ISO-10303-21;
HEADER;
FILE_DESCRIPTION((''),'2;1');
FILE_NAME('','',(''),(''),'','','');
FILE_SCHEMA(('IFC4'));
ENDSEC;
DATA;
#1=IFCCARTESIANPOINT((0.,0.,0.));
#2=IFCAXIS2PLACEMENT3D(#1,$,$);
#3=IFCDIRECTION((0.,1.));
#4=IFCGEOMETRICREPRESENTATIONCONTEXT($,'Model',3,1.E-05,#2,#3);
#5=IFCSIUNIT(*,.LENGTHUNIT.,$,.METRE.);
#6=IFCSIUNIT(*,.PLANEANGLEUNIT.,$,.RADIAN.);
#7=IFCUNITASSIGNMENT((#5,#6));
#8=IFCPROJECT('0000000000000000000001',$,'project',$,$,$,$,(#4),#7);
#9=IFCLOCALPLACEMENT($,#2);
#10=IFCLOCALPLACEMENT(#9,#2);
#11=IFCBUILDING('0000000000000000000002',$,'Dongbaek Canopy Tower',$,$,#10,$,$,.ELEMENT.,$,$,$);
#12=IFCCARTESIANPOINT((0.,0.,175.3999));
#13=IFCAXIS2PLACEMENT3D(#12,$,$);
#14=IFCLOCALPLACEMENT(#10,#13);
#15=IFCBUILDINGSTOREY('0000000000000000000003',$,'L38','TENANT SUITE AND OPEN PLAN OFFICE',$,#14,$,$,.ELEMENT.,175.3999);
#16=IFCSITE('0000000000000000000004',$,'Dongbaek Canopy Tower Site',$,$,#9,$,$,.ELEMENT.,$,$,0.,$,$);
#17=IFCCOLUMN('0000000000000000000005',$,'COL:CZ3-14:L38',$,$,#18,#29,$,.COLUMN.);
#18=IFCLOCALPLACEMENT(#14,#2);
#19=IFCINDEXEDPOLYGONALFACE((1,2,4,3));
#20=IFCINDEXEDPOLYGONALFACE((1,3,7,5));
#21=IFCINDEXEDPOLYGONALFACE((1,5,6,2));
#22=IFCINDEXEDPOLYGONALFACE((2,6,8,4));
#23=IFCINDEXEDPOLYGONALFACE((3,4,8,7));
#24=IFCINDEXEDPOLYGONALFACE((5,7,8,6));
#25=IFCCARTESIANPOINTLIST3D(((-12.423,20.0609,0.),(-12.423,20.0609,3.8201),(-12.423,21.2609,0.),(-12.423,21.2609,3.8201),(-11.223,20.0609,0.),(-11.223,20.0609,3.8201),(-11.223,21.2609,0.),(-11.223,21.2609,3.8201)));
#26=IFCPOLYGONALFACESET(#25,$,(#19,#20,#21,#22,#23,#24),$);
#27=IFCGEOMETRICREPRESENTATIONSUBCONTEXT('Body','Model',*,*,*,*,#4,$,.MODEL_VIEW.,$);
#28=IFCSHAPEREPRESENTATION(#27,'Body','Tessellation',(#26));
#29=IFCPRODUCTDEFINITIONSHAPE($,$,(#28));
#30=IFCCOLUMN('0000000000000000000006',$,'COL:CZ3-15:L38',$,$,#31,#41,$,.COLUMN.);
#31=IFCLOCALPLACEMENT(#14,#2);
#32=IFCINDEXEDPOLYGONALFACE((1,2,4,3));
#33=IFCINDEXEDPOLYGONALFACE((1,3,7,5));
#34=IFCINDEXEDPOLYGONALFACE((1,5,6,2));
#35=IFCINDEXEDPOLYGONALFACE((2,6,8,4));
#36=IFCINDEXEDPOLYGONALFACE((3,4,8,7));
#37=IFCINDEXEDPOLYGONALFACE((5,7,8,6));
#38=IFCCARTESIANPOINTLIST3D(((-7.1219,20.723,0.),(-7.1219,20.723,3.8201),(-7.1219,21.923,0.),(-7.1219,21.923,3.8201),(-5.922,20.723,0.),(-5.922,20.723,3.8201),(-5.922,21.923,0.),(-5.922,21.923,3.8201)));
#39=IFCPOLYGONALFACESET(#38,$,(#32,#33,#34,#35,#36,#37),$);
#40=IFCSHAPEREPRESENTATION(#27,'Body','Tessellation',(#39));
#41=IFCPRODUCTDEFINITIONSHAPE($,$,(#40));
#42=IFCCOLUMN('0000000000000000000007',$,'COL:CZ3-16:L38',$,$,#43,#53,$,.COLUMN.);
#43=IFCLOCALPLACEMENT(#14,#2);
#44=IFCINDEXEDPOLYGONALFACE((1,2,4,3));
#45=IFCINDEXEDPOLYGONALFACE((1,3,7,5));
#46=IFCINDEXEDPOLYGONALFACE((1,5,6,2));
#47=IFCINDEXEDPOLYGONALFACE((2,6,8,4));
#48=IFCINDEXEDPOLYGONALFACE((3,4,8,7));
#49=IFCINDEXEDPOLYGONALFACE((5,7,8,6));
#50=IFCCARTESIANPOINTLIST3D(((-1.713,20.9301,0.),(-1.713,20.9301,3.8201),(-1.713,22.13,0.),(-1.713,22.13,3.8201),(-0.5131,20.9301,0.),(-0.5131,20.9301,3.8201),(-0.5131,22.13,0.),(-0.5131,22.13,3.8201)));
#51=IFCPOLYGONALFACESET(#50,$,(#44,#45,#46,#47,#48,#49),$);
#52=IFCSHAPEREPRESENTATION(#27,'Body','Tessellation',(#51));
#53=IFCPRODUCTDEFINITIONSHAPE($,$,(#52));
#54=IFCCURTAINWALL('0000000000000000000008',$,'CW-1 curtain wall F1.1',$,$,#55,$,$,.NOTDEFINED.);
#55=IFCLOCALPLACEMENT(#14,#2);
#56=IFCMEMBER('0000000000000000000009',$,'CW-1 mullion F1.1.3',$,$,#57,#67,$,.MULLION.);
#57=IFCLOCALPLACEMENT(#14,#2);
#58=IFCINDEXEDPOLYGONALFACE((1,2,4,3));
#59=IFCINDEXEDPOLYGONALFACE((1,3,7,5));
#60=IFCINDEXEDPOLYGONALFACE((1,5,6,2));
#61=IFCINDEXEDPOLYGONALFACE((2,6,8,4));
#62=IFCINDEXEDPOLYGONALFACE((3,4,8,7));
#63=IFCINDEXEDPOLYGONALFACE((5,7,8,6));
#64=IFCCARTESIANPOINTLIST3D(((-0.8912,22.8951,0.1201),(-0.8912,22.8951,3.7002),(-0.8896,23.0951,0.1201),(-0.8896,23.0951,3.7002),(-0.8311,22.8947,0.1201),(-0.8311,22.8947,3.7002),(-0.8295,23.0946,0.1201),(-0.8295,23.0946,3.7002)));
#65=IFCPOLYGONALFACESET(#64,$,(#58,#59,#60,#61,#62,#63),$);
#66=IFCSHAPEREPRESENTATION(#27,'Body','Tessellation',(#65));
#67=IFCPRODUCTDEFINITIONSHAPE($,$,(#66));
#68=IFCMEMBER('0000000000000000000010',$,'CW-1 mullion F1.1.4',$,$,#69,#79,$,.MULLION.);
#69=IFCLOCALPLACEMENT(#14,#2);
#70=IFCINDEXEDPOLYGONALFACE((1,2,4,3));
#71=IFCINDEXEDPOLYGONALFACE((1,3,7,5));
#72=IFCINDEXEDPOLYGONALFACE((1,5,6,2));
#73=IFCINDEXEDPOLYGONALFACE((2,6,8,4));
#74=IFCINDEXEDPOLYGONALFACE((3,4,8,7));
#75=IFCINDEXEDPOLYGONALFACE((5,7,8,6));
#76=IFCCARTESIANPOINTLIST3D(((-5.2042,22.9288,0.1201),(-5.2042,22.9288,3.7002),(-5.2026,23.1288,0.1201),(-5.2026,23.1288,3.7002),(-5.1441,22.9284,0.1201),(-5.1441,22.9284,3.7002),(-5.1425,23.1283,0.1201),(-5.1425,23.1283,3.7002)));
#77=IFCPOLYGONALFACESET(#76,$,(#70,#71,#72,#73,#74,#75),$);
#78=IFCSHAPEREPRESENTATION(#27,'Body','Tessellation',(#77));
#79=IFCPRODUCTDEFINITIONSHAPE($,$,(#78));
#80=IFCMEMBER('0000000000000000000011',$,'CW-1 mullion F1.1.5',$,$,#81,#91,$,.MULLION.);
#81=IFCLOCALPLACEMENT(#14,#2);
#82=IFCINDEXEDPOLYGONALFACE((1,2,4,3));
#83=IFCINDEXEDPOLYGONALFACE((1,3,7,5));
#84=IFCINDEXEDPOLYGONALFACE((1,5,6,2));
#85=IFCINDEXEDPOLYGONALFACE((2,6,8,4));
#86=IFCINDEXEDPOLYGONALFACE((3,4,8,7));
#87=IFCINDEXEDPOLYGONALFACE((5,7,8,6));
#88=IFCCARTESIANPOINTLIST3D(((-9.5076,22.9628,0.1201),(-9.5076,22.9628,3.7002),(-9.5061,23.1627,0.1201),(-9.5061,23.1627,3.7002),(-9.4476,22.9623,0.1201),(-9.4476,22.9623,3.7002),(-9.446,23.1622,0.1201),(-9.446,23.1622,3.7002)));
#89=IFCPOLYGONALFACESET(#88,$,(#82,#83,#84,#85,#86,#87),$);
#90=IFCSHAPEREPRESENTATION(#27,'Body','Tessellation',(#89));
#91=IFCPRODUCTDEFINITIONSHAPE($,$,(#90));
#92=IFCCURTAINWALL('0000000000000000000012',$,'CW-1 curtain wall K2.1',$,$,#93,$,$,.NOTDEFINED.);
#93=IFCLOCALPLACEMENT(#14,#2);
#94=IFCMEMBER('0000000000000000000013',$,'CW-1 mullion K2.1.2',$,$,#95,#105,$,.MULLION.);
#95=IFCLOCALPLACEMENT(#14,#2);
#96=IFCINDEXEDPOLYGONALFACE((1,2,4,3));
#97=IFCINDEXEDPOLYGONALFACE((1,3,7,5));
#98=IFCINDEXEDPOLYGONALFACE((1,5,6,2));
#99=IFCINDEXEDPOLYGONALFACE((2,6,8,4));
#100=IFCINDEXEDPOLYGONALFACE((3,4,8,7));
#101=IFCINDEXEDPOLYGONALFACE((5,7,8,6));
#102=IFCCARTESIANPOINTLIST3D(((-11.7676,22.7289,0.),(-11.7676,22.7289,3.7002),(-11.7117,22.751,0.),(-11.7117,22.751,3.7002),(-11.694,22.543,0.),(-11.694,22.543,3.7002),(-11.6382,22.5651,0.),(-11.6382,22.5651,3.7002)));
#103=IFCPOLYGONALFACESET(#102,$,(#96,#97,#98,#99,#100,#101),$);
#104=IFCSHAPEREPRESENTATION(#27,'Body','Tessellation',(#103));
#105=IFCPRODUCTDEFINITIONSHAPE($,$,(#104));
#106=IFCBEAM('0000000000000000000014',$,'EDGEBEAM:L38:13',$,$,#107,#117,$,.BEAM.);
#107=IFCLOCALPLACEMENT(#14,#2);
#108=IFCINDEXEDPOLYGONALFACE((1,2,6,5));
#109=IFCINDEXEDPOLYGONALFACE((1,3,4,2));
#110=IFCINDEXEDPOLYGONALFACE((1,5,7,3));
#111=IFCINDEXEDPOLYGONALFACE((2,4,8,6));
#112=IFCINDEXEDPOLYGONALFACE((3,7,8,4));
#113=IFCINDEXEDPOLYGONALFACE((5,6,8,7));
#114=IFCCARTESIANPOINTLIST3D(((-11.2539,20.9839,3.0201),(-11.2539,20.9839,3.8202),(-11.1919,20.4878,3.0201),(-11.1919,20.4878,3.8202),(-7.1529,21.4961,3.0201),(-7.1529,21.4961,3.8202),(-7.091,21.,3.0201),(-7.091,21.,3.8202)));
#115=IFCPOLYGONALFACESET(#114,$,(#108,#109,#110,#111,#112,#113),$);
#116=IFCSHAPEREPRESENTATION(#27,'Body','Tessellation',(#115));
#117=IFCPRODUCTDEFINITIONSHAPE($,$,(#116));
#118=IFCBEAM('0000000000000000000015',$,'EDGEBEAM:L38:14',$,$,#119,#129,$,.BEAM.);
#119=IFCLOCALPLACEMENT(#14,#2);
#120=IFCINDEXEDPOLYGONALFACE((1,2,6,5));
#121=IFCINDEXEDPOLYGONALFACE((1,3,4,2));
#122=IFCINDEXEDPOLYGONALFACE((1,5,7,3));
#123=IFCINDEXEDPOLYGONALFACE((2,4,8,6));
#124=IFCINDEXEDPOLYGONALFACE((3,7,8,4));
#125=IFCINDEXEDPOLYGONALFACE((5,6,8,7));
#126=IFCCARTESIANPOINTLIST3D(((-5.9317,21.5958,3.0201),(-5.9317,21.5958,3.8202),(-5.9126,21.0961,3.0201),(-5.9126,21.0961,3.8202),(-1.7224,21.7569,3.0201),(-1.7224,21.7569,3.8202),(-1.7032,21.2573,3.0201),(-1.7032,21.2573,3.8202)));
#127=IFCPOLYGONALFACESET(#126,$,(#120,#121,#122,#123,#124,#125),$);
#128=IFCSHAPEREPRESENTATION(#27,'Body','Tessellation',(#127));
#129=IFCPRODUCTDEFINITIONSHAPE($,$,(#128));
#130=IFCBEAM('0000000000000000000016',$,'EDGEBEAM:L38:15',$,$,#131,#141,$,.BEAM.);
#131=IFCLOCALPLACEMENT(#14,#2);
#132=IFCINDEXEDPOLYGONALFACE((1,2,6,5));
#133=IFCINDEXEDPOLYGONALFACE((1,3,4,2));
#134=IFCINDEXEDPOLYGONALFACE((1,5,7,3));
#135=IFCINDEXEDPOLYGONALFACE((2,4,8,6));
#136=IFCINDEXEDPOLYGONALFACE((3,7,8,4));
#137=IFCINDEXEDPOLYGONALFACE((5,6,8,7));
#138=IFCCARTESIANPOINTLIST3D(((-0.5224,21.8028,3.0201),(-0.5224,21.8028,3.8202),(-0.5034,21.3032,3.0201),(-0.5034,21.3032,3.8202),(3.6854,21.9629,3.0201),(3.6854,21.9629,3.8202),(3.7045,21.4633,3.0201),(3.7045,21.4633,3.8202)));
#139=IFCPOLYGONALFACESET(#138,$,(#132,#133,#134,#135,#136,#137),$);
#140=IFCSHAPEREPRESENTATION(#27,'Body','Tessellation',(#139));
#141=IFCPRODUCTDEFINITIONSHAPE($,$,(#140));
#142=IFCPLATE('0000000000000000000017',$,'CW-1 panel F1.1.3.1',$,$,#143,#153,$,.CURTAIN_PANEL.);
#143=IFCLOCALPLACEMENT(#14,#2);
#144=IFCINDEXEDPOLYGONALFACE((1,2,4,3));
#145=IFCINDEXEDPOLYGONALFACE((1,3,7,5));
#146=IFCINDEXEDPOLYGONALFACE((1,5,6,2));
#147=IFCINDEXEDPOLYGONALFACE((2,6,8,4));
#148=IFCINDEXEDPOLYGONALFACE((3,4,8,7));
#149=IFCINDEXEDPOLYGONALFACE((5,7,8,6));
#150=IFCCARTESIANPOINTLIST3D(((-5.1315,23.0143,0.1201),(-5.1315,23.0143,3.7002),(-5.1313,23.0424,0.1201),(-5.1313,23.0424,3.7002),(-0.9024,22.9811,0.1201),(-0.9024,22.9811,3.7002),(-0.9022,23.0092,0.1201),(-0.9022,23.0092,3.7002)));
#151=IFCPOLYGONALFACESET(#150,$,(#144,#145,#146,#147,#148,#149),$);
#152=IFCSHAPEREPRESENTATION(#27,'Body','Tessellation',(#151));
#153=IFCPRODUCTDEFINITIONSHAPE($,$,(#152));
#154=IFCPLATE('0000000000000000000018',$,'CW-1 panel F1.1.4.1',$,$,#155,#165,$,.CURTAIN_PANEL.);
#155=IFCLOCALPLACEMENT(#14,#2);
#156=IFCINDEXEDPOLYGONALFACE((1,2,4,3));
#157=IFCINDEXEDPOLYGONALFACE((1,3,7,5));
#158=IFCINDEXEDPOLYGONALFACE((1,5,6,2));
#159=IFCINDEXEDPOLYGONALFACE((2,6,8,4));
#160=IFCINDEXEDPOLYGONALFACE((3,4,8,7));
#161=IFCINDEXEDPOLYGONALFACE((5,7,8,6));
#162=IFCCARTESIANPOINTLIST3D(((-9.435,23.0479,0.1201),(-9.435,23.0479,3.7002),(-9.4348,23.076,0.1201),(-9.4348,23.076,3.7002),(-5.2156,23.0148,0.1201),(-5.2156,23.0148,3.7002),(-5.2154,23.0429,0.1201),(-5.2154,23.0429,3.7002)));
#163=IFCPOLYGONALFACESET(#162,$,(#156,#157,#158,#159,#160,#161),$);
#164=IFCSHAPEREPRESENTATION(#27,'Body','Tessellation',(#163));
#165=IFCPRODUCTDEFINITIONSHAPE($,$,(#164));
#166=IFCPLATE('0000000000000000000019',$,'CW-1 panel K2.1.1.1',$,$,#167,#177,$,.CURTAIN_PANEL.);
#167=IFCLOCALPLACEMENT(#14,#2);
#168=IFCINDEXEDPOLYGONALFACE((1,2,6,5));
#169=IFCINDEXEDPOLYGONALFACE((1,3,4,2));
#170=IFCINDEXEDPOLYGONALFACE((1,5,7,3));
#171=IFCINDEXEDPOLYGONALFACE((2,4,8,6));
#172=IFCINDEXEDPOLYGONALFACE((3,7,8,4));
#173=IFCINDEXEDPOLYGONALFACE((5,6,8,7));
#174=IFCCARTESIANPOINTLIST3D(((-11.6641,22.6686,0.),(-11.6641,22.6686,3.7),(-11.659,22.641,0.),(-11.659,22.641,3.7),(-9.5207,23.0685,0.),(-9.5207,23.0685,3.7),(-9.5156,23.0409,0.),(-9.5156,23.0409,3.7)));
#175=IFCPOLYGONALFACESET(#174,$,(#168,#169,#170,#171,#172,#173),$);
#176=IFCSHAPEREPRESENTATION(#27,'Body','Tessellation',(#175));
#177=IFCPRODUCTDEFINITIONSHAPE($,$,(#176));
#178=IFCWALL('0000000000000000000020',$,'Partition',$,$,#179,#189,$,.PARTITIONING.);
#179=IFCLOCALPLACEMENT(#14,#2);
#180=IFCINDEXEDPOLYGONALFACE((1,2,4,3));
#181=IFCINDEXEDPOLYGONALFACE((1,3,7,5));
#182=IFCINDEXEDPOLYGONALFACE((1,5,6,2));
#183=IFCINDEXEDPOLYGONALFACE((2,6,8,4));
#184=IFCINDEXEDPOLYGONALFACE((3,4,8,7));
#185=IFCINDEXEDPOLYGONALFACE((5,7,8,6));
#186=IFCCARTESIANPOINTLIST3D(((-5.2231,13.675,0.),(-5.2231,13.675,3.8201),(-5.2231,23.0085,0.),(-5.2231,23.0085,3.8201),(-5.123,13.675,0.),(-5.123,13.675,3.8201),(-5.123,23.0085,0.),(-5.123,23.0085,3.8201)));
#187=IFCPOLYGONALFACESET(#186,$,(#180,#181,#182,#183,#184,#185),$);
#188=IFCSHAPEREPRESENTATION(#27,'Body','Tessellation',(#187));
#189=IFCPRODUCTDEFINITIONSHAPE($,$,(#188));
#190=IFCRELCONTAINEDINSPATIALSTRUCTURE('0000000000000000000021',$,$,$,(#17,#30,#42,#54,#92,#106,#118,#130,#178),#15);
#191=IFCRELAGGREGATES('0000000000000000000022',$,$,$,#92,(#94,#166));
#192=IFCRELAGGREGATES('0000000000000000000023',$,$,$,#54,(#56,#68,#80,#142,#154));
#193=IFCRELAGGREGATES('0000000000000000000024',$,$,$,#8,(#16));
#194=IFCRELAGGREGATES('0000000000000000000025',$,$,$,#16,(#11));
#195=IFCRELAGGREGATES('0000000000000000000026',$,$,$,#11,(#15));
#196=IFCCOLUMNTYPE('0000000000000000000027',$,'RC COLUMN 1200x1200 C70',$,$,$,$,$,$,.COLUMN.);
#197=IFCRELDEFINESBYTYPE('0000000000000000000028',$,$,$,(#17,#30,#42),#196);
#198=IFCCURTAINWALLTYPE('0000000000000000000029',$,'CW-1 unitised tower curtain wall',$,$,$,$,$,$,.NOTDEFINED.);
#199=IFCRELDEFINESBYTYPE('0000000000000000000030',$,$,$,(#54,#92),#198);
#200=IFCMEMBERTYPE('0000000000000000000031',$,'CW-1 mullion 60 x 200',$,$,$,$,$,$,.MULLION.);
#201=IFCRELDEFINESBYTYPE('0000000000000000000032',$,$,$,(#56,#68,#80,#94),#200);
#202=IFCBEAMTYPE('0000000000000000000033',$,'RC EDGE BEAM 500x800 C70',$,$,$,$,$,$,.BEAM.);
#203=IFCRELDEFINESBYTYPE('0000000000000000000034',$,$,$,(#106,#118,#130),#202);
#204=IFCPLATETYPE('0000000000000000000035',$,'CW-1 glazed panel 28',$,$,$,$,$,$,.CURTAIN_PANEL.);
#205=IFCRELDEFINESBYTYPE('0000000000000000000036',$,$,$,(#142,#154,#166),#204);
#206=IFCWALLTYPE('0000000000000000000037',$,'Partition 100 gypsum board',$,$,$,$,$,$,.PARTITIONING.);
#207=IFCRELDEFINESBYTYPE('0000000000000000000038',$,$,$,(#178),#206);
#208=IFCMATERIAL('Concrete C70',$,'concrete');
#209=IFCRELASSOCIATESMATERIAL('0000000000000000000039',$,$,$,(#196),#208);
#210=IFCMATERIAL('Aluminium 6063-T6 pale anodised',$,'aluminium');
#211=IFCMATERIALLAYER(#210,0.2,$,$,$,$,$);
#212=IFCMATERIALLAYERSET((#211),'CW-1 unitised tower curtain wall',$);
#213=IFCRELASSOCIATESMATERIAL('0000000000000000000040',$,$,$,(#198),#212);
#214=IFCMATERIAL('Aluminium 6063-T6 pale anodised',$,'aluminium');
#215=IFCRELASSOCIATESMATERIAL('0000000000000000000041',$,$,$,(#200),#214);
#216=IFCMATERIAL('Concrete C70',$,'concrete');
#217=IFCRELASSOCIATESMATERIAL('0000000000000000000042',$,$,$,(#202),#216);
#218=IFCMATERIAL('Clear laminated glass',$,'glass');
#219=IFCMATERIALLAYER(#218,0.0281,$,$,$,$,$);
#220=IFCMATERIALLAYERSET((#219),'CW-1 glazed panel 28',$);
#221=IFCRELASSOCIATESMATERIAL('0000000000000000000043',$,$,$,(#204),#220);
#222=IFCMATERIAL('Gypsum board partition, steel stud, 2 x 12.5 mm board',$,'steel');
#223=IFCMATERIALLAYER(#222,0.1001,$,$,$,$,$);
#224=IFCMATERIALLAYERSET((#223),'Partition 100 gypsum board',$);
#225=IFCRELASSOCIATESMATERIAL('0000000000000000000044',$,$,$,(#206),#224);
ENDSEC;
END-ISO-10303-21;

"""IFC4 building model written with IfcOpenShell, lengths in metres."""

from ifc_helpers import new_model, si_unit, direction, frame, frame_2d, origin, origin_2d, place, context, subcontext, project, spatial, rectangle, extrude, material, layer, layer_set, material_profile, profile_set, type_object, element, aggregate, save


model = new_model("IFC4")

# Units and contexts
model_context = context("Model", 3, precision=1e-05, world=origin(), true_north=direction((0.0, 1.0)))
body_context = subcontext(model_context, "Body", "Model", "MODEL_VIEW")
ifc_project = project(units=[si_unit("LENGTHUNIT", "METRE"), si_unit("PLANEANGLEUNIT", "RADIAN")], contexts=[model_context])

# Site, building, storey
site_placement = place(None, origin())
site = spatial("IfcSite", under=ifc_project, at=site_placement, Name="Dongbaek Canopy Tower Site", CompositionType="ELEMENT", RefElevation=0.0)
building_placement = place(site_placement, origin())
building = spatial("IfcBuilding", under=site, at=building_placement, Name="Dongbaek Canopy Tower", CompositionType="ELEMENT")
storey_placement = place(building_placement, frame((0.0, 0.0, 175.3999)))
storey = spatial("IfcBuildingStorey", under=building, at=storey_placement, Name="L38", Description="TENANT SUITE AND OPEN PLAN OFFICE", CompositionType="ELEMENT", Elevation=175.3999)

# Columns
ifc_material_1 = material(Name="Concrete C70", Category="concrete")
ifc_material_profile_1 = material_profile(ifc_material_1, rectangle(XDim=1.2, YDim=1.2, at=origin_2d()), Name="RC COLUMN 1200x1200 C70")
ifc_profile_set_1 = profile_set([ifc_material_profile_1], Name="Concrete C70")
column_type = type_object("IfcColumnType", Name="RC COLUMN 1200x1200 C70", PredefinedType="COLUMN", material=ifc_profile_set_1)
for number, where, z_axis, x_axis, name in (
    (1, (-11.823, 20.6609, 0.0), (0.0, 0.0, 1.0), (1.0, 0.0, 0.0), "COL:CZ3-14:L38"),
    (2, (-6.522, 21.323, 0.0), (0.0, 0.0, 1.0), (1.0, 0.0, 0.0), "COL:CZ3-15:L38"),
    (3, (-1.113, 21.53, 0.0), (0.0, 0.0, 1.0), (1.0, 0.0, 0.0), "COL:CZ3-16:L38"),
):
    element("IfcColumn", number, at=place(storey_placement, frame(where, z_axis=z_axis, x_axis=x_axis)), inside=storey, type_object=column_type, Name=name, PredefinedType="COLUMN", context=body_context, shape_type="SweptSolid", body=[
        extrude(rectangle(XDim=1.2, YDim=1.2, at=origin_2d()), origin(), (0.0, 0.0, 1.0), 3.8201),
    ])

# Curtain wall, members
ifc_material_2 = material(Name="Aluminium 6063-T6 pale anodised", Category="aluminium")
ifc_layer_1 = layer(ifc_material_2, 0.2)
ifc_layer_set_1 = layer_set([ifc_layer_1], Name="CW-1 unitised tower curtain wall")
curtain_wall_type = type_object("IfcCurtainWallType", Name="CW-1 unitised tower curtain wall", PredefinedType="NOTDEFINED", material=ifc_layer_set_1)
curtain_wall_1_placement = place(storey_placement, origin())
curtain_wall_1 = element("IfcCurtainWall", 4, at=curtain_wall_1_placement, inside=storey, type_object=curtain_wall_type, Name="CW-1 curtain wall F1.1", PredefinedType="NOTDEFINED")
ifc_material_3 = material(Name="Aluminium 6063-T6 pale anodised", Category="aluminium")
ifc_material_profile_2 = material_profile(ifc_material_3, rectangle(XDim=0.2, YDim=0.0601, at=origin_2d()), Name="CW-1 mullion 60 x 200")
ifc_profile_set_2 = profile_set([ifc_material_profile_2], Name="Aluminium 6063-T6 pale anodised")
member_type = type_object("IfcMemberType", Name="CW-1 mullion 60 x 200", PredefinedType="MULLION", material=ifc_profile_set_2)
member_1_placement = place(storey_placement, frame((-0.8604, 22.9949, 0.1201), z_axis=(0.0, 0.0, 1.0), x_axis=(0.007847, 0.999969, 0.0)))
member_1 = element("IfcMember", 5, at=member_1_placement, type_object=member_type, Name="CW-1 mullion F1.1.3", PredefinedType="MULLION", context=body_context, shape_type="SweptSolid", body=[
    extrude(rectangle(XDim=0.2, YDim=0.0601, at=origin_2d()), origin(), (0.0, 0.0, 1.0), 3.5801),
])
member_2_placement = place(storey_placement, frame((-5.1733, 23.0286, 0.1201), z_axis=(0.0, 0.0, 1.0), x_axis=(0.007847, 0.999969, 0.0)))
member_2 = element("IfcMember", 6, at=member_2_placement, type_object=member_type, Name="CW-1 mullion F1.1.4", PredefinedType="MULLION", context=body_context, shape_type="SweptSolid", body=[
    extrude(rectangle(XDim=0.2, YDim=0.0601, at=origin_2d()), origin(), (0.0, 0.0, 1.0), 3.5801),
])
member_3_placement = place(storey_placement, frame((-9.4768, 23.0625, 0.1201), z_axis=(0.0, 0.0, 1.0), x_axis=(0.007847, 0.999969, 0.0)))
member_3 = element("IfcMember", 7, at=member_3_placement, type_object=member_type, Name="CW-1 mullion F1.1.5", PredefinedType="MULLION", context=body_context, shape_type="SweptSolid", body=[
    extrude(rectangle(XDim=0.2, YDim=0.0601, at=origin_2d()), origin(), (0.0, 0.0, 1.0), 3.5801),
])

# Curtain wall, member
curtain_wall_2_placement = place(storey_placement, origin())
curtain_wall_2 = element("IfcCurtainWall", 8, at=curtain_wall_2_placement, inside=storey, type_object=curtain_wall_type, Name="CW-1 curtain wall K2.1", PredefinedType="NOTDEFINED")
member_4_placement = place(storey_placement, frame((-11.7029, 22.647, 0.0), z_axis=(0.0, 0.0, 1.0), x_axis=(-0.367936, 0.929851, 0.0)))
member_4 = element("IfcMember", 9, at=member_4_placement, type_object=member_type, Name="CW-1 mullion K2.1.2", PredefinedType="MULLION", context=body_context, shape_type="SweptSolid", body=[
    extrude(rectangle(XDim=0.2, YDim=0.0601, at=origin_2d()), origin(), (0.0, 0.0, 1.0), 3.7002),
])

# Beams
ifc_material_4 = material(Name="Concrete C70", Category="concrete")
ifc_material_profile_3 = material_profile(ifc_material_4, rectangle(XDim=0.5, YDim=0.8, at=origin_2d()), Name="RC EDGE BEAM 500x800 C70")
ifc_profile_set_3 = profile_set([ifc_material_profile_3], Name="Concrete C70")
beam_type = type_object("IfcBeamType", Name="RC EDGE BEAM 500x800 C70", PredefinedType="BEAM", material=ifc_profile_set_3)
beam_1_placement = place(storey_placement, frame((-11.2229, 20.7358, 3.4202), z_axis=(0.99229, 0.12394, 0.0), x_axis=(-0.12394, 0.99229, 0.0)))
element("IfcBeam", 10, at=beam_1_placement, inside=storey, type_object=beam_type, Name="EDGEBEAM:L38:13", PredefinedType="BEAM", context=body_context, shape_type="SweptSolid", body=[
    extrude(rectangle(XDim=0.5, YDim=0.8, at=origin_2d()), origin(), (0.0, 0.0, 1.0), 4.1328),
])
beam_2_placement = place(storey_placement, frame((-5.9221, 21.3459, 3.4202), z_axis=(0.999268, 0.038253, 0.0), x_axis=(-0.038253, 0.999268, 0.0)))
element("IfcBeam", 11, at=beam_2_placement, inside=storey, type_object=beam_type, Name="EDGEBEAM:L38:14", PredefinedType="BEAM", context=body_context, shape_type="SweptSolid", body=[
    extrude(rectangle(XDim=0.5, YDim=0.8, at=origin_2d()), origin(), (0.0, 0.0, 1.0), 4.2124),
])
beam_3_placement = place(storey_placement, frame((-0.5129, 21.553, 3.4202), z_axis=(0.999277, 0.038032, 0.0), x_axis=(-0.038032, 0.999277, 0.0)))
element("IfcBeam", 12, at=beam_3_placement, inside=storey, type_object=beam_type, Name="EDGEBEAM:L38:15", PredefinedType="BEAM", context=body_context, shape_type="SweptSolid", body=[
    extrude(rectangle(XDim=0.5, YDim=0.8, at=origin_2d()), origin(), (0.0, 0.0, 1.0), 4.2109),
])

# Plates
ifc_material_5 = material(Name="Clear laminated glass", Category="glass")
ifc_layer_2 = layer(ifc_material_5, 0.0281)
ifc_layer_set_2 = layer_set([ifc_layer_2], Name="CW-1 glazed panel 28")
plate_type = type_object("IfcPlateType", Name="CW-1 glazed panel 28", PredefinedType="CURTAIN_PANEL", material=ifc_layer_set_2)
plate_1_placement = place(storey_placement, frame((-3.0168, 23.0117, 0.1201), z_axis=(0.0, 0.0, 1.0), x_axis=(-0.999969, 0.007847, 0.0)))
plate_1 = element("IfcPlate", 13, at=plate_1_placement, type_object=plate_type, Name="CW-1 panel F1.1.3.1", PredefinedType="CURTAIN_PANEL", context=body_context, shape_type="SweptSolid", body=[
    extrude(rectangle(XDim=4.2292, YDim=0.0281, at=origin_2d()), origin(), (0.0, 0.0, 1.0), 3.5801),
])
plate_2_placement = place(storey_placement, frame((-7.3252, 23.0454, 0.1201), z_axis=(0.0, 0.0, 1.0), x_axis=(-0.999969, 0.007847, 0.0)))
plate_2 = element("IfcPlate", 14, at=plate_2_placement, type_object=plate_type, Name="CW-1 panel F1.1.4.1", PredefinedType="CURTAIN_PANEL", context=body_context, shape_type="SweptSolid", body=[
    extrude(rectangle(XDim=4.2195, YDim=0.0281, at=origin_2d()), origin(), (0.0, 0.0, 1.0), 3.5801),
])
plate_3_placement = place(storey_placement, frame((-10.5898, 22.8547, 0.0), z_axis=(0.0, 0.0, 1.0), x_axis=(-0.983033, -0.183426, 0.0)))
plate_3 = element("IfcPlate", 15, at=plate_3_placement, type_object=plate_type, Name="CW-1 panel K2.1.1.1", PredefinedType="CURTAIN_PANEL", context=body_context, shape_type="SweptSolid", body=[
    extrude(rectangle(XDim=2.1804, YDim=0.0281, at=origin_2d()), origin(), (0.0, 0.0, 1.0), 3.7),
])
aggregate(curtain_wall_2, [member_4, plate_3])

# Wall
ifc_material_6 = material(Name="Gypsum board partition, steel stud, 2 x 12.5 mm board", Category="steel")
ifc_layer_3 = layer(ifc_material_6, 0.1001)
ifc_layer_set_3 = layer_set([ifc_layer_3], Name="Partition 100 gypsum board")
wall_type = type_object("IfcWallType", Name="Partition 100 gypsum board", PredefinedType="PARTITIONING", material=ifc_layer_set_3)
wall_placement = place(storey_placement, frame((-5.1731, 13.675, 0.0), z_axis=(0.0, 0.0, 1.0), x_axis=(0.0, 1.0, 0.0)))
element("IfcWall", 16, at=wall_placement, inside=storey, type_object=wall_type, Name="Partition", PredefinedType="PARTITIONING", context=body_context, shape_type="SweptSolid", body=[
    extrude(rectangle(XDim=9.3335, YDim=0.1001, at=frame_2d((4.6667, 0.0))), origin(), (0.0, 0.0, 1.0), 3.8201),
])

aggregate(curtain_wall_1, [member_1, member_2, member_3, plate_1, plate_2])

save(model, "model.ifc")
